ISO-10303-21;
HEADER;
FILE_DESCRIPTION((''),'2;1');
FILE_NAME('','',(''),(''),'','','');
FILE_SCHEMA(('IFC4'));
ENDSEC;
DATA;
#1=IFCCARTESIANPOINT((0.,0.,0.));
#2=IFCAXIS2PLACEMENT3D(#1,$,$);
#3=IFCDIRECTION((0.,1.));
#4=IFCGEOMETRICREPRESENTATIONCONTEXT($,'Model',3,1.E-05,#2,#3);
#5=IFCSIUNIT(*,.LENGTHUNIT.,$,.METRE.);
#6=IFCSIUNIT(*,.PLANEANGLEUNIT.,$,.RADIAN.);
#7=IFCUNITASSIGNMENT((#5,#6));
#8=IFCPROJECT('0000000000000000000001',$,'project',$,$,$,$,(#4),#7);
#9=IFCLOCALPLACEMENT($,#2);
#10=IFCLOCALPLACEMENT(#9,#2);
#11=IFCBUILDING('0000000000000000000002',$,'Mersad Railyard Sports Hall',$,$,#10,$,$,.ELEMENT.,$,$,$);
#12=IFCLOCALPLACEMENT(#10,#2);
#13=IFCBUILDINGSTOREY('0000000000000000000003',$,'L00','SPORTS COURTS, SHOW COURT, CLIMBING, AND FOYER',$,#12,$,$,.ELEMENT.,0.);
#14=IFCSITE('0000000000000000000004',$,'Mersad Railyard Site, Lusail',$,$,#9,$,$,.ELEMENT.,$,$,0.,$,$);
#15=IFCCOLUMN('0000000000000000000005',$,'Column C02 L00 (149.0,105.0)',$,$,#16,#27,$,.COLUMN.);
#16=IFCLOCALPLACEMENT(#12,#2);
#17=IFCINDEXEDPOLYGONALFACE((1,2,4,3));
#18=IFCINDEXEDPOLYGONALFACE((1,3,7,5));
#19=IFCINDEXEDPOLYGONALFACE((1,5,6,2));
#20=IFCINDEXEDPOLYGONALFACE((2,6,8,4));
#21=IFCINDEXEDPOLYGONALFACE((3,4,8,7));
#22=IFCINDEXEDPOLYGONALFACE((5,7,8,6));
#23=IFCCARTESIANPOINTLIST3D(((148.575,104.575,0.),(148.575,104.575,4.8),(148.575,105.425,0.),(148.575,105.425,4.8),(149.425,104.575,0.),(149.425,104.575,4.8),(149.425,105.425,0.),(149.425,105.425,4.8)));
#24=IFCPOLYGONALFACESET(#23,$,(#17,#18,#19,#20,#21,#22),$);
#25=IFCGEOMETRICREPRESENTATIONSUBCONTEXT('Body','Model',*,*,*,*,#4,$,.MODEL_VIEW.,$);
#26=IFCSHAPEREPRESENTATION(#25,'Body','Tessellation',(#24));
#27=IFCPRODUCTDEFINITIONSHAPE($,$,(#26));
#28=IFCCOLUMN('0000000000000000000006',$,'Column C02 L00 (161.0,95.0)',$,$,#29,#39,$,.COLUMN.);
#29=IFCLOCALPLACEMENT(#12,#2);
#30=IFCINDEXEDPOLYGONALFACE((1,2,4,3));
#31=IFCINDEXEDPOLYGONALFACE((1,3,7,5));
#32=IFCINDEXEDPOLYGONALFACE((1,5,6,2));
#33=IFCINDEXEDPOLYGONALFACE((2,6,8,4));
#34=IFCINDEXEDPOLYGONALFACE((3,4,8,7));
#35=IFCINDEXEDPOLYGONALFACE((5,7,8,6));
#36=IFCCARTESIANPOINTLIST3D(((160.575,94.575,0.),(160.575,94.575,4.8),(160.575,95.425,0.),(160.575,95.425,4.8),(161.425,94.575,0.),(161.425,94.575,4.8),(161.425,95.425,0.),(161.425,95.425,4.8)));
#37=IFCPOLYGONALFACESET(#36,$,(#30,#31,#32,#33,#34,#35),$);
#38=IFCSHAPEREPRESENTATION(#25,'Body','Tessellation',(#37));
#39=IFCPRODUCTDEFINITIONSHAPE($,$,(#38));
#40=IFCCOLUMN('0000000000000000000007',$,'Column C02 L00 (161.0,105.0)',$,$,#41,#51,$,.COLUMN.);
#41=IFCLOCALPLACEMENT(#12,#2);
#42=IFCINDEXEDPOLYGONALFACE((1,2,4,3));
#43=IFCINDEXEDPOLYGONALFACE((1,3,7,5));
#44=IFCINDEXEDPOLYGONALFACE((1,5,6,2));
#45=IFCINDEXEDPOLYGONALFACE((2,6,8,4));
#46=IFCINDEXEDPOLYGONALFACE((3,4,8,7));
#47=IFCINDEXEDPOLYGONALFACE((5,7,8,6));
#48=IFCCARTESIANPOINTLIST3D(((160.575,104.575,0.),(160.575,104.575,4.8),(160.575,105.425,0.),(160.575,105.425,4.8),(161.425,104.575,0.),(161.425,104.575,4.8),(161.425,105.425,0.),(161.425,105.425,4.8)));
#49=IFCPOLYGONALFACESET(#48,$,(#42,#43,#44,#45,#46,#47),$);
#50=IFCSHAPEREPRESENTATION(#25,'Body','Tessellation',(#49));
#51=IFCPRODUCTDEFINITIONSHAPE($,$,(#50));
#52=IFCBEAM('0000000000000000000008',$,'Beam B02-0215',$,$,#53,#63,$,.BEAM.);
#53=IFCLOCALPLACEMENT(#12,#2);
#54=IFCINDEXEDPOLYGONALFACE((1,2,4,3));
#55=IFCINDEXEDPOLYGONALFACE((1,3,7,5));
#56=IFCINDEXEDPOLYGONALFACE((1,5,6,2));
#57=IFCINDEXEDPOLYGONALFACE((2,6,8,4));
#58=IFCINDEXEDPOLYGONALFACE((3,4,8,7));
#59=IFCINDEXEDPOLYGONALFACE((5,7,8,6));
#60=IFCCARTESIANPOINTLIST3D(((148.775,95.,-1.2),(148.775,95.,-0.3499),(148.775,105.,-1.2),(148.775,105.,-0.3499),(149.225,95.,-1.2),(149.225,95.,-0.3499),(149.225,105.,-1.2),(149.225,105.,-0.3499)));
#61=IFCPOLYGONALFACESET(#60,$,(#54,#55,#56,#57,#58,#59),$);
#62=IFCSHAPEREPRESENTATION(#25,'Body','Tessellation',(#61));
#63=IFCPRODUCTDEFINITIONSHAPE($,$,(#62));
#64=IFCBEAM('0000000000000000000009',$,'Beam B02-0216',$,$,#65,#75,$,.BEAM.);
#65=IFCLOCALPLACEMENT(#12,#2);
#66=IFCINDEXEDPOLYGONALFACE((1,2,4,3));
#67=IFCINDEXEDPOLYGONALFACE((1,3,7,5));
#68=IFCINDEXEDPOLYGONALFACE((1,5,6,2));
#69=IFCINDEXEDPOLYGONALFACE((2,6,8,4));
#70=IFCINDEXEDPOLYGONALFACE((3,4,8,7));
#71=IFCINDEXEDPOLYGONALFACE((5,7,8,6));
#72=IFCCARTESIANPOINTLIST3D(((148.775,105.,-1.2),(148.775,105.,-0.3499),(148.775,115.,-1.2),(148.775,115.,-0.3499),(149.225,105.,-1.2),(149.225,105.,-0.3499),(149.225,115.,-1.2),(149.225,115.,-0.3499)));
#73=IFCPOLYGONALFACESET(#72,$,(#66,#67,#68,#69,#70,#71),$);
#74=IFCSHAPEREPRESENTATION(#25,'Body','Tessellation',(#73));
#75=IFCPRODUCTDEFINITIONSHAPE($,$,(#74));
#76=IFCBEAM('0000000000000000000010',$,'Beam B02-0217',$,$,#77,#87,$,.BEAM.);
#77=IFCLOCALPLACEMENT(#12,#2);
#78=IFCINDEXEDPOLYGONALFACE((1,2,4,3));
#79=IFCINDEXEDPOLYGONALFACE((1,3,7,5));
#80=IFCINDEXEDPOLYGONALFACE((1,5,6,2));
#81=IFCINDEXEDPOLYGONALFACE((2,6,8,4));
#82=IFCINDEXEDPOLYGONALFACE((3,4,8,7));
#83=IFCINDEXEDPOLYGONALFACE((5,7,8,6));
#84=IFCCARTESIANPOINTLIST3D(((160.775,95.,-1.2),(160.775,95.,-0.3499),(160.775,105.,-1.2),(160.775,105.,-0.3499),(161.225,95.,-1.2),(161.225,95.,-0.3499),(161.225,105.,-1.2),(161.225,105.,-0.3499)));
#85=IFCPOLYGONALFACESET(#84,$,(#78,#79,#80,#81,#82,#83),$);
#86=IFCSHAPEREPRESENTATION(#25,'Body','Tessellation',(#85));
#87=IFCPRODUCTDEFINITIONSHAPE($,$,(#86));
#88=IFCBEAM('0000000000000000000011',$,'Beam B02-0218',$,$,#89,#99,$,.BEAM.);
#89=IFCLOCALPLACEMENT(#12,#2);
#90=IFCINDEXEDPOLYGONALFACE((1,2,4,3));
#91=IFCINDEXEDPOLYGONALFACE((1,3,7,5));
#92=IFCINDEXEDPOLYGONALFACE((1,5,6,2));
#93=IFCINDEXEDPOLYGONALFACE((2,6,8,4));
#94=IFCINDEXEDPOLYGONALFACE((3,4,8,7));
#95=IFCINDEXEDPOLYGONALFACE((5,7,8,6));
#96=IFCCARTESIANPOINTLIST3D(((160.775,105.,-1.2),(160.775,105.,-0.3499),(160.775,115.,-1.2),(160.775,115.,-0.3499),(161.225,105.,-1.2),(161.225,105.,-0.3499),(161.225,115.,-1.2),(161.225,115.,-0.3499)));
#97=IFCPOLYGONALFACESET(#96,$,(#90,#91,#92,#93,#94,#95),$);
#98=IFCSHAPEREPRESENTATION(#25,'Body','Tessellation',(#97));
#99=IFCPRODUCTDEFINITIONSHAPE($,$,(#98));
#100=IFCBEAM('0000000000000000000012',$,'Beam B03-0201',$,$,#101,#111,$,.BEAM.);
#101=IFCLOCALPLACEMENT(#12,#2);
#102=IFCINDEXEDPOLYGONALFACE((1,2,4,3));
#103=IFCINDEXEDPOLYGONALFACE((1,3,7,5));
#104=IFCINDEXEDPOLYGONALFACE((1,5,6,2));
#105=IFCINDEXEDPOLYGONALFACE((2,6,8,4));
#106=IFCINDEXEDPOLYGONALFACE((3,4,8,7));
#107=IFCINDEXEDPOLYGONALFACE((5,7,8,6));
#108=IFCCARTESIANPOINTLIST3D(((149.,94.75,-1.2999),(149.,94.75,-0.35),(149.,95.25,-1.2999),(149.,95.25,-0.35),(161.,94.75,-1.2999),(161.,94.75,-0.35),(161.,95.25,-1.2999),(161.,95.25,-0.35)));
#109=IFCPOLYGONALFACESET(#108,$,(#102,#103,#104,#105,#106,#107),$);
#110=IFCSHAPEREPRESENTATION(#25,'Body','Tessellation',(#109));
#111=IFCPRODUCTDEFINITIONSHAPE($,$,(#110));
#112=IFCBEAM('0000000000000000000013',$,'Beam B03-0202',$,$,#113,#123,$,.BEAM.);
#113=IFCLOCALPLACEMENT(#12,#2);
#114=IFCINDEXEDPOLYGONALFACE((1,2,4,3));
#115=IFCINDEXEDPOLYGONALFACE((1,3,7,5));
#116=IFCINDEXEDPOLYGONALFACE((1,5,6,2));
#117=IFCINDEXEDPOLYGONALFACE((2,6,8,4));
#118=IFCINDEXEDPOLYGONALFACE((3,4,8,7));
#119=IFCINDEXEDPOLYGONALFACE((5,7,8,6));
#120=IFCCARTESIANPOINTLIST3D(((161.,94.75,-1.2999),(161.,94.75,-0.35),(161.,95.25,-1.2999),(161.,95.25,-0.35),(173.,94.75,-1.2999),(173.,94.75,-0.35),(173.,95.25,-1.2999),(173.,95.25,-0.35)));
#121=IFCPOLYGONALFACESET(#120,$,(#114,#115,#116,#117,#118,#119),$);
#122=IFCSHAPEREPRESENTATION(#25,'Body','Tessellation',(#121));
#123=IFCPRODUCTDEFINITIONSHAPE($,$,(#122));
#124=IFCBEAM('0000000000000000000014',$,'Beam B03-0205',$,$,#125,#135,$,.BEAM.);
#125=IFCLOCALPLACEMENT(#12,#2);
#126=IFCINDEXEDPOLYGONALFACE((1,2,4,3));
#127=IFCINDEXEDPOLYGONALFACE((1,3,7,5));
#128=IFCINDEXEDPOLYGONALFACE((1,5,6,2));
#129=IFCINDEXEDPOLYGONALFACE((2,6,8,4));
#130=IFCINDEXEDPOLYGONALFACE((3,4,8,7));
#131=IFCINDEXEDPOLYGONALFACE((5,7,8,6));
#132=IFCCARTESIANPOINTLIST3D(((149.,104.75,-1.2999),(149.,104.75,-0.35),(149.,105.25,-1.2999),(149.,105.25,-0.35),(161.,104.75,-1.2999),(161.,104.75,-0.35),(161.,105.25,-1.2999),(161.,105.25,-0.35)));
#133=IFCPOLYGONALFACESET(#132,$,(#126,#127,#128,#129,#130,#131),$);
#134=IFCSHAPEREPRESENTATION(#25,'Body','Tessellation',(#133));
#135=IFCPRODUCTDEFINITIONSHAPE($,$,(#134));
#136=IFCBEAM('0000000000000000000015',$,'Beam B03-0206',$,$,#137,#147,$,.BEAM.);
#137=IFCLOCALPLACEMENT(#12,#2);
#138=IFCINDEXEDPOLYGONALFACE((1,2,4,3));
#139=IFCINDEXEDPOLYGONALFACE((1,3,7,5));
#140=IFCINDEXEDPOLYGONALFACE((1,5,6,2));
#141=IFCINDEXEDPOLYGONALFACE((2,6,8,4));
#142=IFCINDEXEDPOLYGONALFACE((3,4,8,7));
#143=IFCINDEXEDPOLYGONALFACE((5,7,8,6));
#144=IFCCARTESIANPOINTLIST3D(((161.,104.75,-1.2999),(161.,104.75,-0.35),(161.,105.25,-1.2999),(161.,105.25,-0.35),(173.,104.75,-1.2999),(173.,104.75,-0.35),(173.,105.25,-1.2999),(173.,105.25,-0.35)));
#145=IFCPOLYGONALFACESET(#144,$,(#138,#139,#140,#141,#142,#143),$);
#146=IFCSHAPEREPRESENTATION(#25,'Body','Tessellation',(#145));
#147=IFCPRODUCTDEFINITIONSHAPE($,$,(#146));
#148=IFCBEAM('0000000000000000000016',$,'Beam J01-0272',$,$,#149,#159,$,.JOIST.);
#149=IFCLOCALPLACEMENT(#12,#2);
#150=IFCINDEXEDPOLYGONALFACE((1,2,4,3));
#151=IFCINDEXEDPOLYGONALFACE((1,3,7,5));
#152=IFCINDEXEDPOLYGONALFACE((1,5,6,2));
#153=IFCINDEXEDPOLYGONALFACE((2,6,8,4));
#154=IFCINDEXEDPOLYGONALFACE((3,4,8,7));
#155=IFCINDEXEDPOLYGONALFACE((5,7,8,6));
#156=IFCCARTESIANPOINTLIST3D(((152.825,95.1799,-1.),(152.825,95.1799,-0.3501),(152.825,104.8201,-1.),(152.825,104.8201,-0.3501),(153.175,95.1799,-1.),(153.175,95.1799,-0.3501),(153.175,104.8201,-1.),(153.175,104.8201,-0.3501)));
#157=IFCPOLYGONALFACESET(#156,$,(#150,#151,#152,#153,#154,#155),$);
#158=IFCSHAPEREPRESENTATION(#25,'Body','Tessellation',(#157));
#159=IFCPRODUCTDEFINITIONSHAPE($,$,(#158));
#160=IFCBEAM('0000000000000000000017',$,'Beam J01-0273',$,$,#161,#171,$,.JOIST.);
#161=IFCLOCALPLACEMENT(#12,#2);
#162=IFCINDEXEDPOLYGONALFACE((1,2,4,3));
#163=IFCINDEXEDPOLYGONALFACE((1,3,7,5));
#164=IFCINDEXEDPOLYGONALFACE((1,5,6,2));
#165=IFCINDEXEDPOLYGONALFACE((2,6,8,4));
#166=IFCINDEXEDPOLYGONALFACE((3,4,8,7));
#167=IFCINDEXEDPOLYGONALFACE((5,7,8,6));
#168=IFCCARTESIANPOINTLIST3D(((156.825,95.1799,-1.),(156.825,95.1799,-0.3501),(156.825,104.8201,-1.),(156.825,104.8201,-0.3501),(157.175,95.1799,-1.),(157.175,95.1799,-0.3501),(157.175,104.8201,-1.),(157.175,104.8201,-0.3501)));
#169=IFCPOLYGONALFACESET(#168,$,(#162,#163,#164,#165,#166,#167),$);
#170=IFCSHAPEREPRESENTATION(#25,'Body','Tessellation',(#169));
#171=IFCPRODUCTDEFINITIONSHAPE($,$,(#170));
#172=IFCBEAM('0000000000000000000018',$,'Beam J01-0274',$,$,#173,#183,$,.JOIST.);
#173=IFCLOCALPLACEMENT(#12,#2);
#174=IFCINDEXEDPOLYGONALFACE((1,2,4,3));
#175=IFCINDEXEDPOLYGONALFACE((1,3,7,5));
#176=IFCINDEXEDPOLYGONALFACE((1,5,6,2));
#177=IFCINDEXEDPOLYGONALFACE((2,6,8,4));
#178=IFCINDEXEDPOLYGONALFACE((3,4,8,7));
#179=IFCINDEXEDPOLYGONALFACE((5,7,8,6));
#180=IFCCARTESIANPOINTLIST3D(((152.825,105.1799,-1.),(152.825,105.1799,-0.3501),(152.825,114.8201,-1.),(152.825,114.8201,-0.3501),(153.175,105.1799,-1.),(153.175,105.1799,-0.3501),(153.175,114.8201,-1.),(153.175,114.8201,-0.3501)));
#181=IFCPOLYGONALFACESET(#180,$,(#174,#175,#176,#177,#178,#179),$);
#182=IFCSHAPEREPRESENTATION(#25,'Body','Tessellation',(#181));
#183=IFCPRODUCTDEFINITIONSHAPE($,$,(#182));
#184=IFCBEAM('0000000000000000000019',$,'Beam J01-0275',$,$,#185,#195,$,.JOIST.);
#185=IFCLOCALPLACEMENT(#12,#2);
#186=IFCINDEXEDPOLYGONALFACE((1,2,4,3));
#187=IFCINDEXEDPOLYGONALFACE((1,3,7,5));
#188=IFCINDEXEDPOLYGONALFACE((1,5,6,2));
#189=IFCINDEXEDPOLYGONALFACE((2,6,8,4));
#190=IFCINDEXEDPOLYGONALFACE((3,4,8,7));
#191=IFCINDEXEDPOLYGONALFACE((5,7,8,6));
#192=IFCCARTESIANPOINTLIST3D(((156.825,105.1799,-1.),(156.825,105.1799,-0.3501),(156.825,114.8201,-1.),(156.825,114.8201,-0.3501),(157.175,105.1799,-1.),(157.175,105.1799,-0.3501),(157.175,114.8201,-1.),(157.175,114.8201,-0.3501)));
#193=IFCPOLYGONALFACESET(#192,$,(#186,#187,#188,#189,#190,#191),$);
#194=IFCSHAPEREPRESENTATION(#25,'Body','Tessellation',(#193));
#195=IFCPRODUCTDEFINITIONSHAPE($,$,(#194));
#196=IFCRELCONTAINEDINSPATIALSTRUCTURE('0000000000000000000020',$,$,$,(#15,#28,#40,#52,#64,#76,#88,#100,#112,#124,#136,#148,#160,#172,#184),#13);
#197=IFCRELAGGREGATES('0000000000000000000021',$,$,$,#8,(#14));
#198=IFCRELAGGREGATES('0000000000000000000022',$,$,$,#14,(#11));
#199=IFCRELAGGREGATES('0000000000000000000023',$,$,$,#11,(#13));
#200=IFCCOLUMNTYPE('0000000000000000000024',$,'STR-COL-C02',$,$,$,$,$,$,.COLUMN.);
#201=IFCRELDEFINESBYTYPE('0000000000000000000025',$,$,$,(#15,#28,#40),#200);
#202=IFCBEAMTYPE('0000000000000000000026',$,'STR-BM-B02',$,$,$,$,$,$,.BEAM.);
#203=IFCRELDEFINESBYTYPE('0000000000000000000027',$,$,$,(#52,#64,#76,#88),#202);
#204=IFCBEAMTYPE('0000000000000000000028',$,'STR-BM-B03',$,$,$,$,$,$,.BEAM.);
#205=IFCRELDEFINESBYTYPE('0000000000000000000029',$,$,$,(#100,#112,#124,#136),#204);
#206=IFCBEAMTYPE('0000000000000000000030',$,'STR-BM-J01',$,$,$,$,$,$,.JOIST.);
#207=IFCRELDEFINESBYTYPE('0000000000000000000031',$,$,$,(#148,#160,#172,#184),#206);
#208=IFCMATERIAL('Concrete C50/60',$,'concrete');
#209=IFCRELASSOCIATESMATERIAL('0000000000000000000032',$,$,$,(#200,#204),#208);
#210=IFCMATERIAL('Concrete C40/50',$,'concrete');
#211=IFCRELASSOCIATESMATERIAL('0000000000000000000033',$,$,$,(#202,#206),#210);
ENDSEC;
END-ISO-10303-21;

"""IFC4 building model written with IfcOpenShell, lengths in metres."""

from ifc_helpers import new_model, si_unit, direction, frame, origin, origin_2d, place, context, subcontext, project, spatial, rectangle, extrude, material, material_profile, profile_set, type_object, element, save


model = new_model("IFC4")

# Units and contexts
model_context = context("Model", 3, precision=1e-05, world=origin(), true_north=direction((0.0, 1.0)))
body_context = subcontext(model_context, "Body", "Model", "MODEL_VIEW")
ifc_project = project(units=[si_unit("LENGTHUNIT", "METRE"), si_unit("PLANEANGLEUNIT", "RADIAN")], contexts=[model_context])

# Site, building, storey
site_placement = place(None, origin())
site = spatial("IfcSite", under=ifc_project, at=site_placement, Name="Mersad Railyard Site, Lusail", CompositionType="ELEMENT", RefElevation=0.0)
building_placement = place(site_placement, origin())
building = spatial("IfcBuilding", under=site, at=building_placement, Name="Mersad Railyard Sports Hall", CompositionType="ELEMENT")
storey_placement = place(building_placement, origin())
storey = spatial("IfcBuildingStorey", under=building, at=storey_placement, Name="L00", Description="SPORTS COURTS, SHOW COURT, CLIMBING, AND FOYER", CompositionType="ELEMENT", Elevation=0.0)

# Columns
ifc_material_1 = material(Name="Concrete C50/60", Category="concrete")
ifc_material_profile_1 = material_profile(ifc_material_1, rectangle(XDim=0.8501, YDim=0.8501, at=origin_2d()), Name="RC 850x850")
ifc_profile_set_1 = profile_set([ifc_material_profile_1], Name="Concrete C50/60")
column_type = type_object("IfcColumnType", Name="STR-COL-C02", PredefinedType="COLUMN", material=ifc_profile_set_1)
for number, where, z_axis, x_axis, name in (
    (1, (149.0, 105.0, 0.0), (0.0, 0.0, 1.0), (1.0, 0.0, 0.0), "Column C02 L00 (149.0,105.0)"),
    (2, (161.0, 95.0, 0.0), (0.0, 0.0, 1.0), (1.0, 0.0, 0.0), "Column C02 L00 (161.0,95.0)"),
    (3, (161.0, 105.0, 0.0), (0.0, 0.0, 1.0), (1.0, 0.0, 0.0), "Column C02 L00 (161.0,105.0)"),
):
    element("IfcColumn", number, at=place(storey_placement, frame(where, z_axis=z_axis, x_axis=x_axis)), inside=storey, type_object=column_type, Name=name, PredefinedType="COLUMN", context=body_context, shape_type="SweptSolid", body=[
        extrude(rectangle(XDim=0.8501, YDim=0.8501, at=origin_2d()), origin(), (0.0, 0.0, 1.0), 4.8),
    ])

# Beams
ifc_material_2 = material(Name="Concrete C40/50", Category="concrete")
ifc_material_profile_2 = material_profile(ifc_material_2, rectangle(XDim=0.45, YDim=0.8501, at=origin_2d()), Name="RC 450x850")
ifc_profile_set_2 = profile_set([ifc_material_profile_2], Name="Concrete C40/50")
beam_type_1 = type_object("IfcBeamType", Name="STR-BM-B02", PredefinedType="BEAM", material=ifc_profile_set_2)
for number, where, z_axis, x_axis, name in (
    (4, (149.0, 95.0, -0.7749), (0.0, 1.0, 0.0), (-1.0, 0.0, 0.0), "Beam B02-0215"),
    (5, (149.0, 105.0, -0.7749), (0.0, 1.0, 0.0), (-1.0, 0.0, 0.0), "Beam B02-0216"),
    (6, (161.0, 95.0, -0.7749), (0.0, 1.0, 0.0), (-1.0, 0.0, 0.0), "Beam B02-0217"),
    (7, (161.0, 105.0, -0.7749), (0.0, 1.0, 0.0), (-1.0, 0.0, 0.0), "Beam B02-0218"),
):
    element("IfcBeam", number, at=place(storey_placement, frame(where, z_axis=z_axis, x_axis=x_axis)), inside=storey, type_object=beam_type_1, Name=name, PredefinedType="BEAM", context=body_context, shape_type="SweptSolid", body=[
        extrude(rectangle(XDim=0.45, YDim=0.8501, at=origin_2d()), origin(), (0.0, 0.0, 1.0), 10.0),
    ])
ifc_material_profile_3 = material_profile(ifc_material_1, rectangle(XDim=0.5, YDim=0.95, at=origin_2d()), Name="RC 500x950")
ifc_profile_set_3 = profile_set([ifc_material_profile_3], Name="Concrete C50/60")
beam_type_2 = type_object("IfcBeamType", Name="STR-BM-B03", PredefinedType="BEAM", material=ifc_profile_set_3)
for number, where, z_axis, x_axis, name in (
    (8, (149.0, 95.0, -0.825), (1.0, 0.0, 0.0), (0.0, 1.0, 0.0), "Beam B03-0201"),
    (9, (161.0, 95.0, -0.825), (1.0, 0.0, 0.0), (0.0, 1.0, 0.0), "Beam B03-0202"),
    (10, (149.0, 105.0, -0.825), (1.0, 0.0, 0.0), (0.0, 1.0, 0.0), "Beam B03-0205"),
    (11, (161.0, 105.0, -0.825), (1.0, 0.0, 0.0), (0.0, 1.0, 0.0), "Beam B03-0206"),
):
    element("IfcBeam", number, at=place(storey_placement, frame(where, z_axis=z_axis, x_axis=x_axis)), inside=storey, type_object=beam_type_2, Name=name, PredefinedType="BEAM", context=body_context, shape_type="SweptSolid", body=[
        extrude(rectangle(XDim=0.5, YDim=0.95, at=origin_2d()), origin(), (0.0, 0.0, 1.0), 12.0),
    ])
ifc_material_profile_4 = material_profile(ifc_material_2, rectangle(XDim=0.3501, YDim=0.6499, at=origin_2d()), Name="RC 350x650")
ifc_profile_set_4 = profile_set([ifc_material_profile_4], Name="Concrete C40/50")
beam_type_3 = type_object("IfcBeamType", Name="STR-BM-J01", PredefinedType="JOIST", material=ifc_profile_set_4)
for number, where, z_axis, x_axis, name in (
    (12, (153.0, 95.1799, -0.675), (0.0, 1.0, 0.0), (-1.0, 0.0, 0.0), "Beam J01-0272"),
    (13, (157.0, 95.1799, -0.675), (0.0, 1.0, 0.0), (-1.0, 0.0, 0.0), "Beam J01-0273"),
    (14, (153.0, 105.1799, -0.675), (0.0, 1.0, 0.0), (-1.0, 0.0, 0.0), "Beam J01-0274"),
    (15, (157.0, 105.1799, -0.675), (0.0, 1.0, 0.0), (-1.0, 0.0, 0.0), "Beam J01-0275"),
):
    element("IfcBeam", number, at=place(storey_placement, frame(where, z_axis=z_axis, x_axis=x_axis)), inside=storey, type_object=beam_type_3, Name=name, PredefinedType="JOIST", context=body_context, shape_type="SweptSolid", body=[
        extrude(rectangle(XDim=0.3501, YDim=0.6499, at=origin_2d()), origin(), (0.0, 0.0, 1.0), 9.6401),
    ])

save(model, "model.ifc")
